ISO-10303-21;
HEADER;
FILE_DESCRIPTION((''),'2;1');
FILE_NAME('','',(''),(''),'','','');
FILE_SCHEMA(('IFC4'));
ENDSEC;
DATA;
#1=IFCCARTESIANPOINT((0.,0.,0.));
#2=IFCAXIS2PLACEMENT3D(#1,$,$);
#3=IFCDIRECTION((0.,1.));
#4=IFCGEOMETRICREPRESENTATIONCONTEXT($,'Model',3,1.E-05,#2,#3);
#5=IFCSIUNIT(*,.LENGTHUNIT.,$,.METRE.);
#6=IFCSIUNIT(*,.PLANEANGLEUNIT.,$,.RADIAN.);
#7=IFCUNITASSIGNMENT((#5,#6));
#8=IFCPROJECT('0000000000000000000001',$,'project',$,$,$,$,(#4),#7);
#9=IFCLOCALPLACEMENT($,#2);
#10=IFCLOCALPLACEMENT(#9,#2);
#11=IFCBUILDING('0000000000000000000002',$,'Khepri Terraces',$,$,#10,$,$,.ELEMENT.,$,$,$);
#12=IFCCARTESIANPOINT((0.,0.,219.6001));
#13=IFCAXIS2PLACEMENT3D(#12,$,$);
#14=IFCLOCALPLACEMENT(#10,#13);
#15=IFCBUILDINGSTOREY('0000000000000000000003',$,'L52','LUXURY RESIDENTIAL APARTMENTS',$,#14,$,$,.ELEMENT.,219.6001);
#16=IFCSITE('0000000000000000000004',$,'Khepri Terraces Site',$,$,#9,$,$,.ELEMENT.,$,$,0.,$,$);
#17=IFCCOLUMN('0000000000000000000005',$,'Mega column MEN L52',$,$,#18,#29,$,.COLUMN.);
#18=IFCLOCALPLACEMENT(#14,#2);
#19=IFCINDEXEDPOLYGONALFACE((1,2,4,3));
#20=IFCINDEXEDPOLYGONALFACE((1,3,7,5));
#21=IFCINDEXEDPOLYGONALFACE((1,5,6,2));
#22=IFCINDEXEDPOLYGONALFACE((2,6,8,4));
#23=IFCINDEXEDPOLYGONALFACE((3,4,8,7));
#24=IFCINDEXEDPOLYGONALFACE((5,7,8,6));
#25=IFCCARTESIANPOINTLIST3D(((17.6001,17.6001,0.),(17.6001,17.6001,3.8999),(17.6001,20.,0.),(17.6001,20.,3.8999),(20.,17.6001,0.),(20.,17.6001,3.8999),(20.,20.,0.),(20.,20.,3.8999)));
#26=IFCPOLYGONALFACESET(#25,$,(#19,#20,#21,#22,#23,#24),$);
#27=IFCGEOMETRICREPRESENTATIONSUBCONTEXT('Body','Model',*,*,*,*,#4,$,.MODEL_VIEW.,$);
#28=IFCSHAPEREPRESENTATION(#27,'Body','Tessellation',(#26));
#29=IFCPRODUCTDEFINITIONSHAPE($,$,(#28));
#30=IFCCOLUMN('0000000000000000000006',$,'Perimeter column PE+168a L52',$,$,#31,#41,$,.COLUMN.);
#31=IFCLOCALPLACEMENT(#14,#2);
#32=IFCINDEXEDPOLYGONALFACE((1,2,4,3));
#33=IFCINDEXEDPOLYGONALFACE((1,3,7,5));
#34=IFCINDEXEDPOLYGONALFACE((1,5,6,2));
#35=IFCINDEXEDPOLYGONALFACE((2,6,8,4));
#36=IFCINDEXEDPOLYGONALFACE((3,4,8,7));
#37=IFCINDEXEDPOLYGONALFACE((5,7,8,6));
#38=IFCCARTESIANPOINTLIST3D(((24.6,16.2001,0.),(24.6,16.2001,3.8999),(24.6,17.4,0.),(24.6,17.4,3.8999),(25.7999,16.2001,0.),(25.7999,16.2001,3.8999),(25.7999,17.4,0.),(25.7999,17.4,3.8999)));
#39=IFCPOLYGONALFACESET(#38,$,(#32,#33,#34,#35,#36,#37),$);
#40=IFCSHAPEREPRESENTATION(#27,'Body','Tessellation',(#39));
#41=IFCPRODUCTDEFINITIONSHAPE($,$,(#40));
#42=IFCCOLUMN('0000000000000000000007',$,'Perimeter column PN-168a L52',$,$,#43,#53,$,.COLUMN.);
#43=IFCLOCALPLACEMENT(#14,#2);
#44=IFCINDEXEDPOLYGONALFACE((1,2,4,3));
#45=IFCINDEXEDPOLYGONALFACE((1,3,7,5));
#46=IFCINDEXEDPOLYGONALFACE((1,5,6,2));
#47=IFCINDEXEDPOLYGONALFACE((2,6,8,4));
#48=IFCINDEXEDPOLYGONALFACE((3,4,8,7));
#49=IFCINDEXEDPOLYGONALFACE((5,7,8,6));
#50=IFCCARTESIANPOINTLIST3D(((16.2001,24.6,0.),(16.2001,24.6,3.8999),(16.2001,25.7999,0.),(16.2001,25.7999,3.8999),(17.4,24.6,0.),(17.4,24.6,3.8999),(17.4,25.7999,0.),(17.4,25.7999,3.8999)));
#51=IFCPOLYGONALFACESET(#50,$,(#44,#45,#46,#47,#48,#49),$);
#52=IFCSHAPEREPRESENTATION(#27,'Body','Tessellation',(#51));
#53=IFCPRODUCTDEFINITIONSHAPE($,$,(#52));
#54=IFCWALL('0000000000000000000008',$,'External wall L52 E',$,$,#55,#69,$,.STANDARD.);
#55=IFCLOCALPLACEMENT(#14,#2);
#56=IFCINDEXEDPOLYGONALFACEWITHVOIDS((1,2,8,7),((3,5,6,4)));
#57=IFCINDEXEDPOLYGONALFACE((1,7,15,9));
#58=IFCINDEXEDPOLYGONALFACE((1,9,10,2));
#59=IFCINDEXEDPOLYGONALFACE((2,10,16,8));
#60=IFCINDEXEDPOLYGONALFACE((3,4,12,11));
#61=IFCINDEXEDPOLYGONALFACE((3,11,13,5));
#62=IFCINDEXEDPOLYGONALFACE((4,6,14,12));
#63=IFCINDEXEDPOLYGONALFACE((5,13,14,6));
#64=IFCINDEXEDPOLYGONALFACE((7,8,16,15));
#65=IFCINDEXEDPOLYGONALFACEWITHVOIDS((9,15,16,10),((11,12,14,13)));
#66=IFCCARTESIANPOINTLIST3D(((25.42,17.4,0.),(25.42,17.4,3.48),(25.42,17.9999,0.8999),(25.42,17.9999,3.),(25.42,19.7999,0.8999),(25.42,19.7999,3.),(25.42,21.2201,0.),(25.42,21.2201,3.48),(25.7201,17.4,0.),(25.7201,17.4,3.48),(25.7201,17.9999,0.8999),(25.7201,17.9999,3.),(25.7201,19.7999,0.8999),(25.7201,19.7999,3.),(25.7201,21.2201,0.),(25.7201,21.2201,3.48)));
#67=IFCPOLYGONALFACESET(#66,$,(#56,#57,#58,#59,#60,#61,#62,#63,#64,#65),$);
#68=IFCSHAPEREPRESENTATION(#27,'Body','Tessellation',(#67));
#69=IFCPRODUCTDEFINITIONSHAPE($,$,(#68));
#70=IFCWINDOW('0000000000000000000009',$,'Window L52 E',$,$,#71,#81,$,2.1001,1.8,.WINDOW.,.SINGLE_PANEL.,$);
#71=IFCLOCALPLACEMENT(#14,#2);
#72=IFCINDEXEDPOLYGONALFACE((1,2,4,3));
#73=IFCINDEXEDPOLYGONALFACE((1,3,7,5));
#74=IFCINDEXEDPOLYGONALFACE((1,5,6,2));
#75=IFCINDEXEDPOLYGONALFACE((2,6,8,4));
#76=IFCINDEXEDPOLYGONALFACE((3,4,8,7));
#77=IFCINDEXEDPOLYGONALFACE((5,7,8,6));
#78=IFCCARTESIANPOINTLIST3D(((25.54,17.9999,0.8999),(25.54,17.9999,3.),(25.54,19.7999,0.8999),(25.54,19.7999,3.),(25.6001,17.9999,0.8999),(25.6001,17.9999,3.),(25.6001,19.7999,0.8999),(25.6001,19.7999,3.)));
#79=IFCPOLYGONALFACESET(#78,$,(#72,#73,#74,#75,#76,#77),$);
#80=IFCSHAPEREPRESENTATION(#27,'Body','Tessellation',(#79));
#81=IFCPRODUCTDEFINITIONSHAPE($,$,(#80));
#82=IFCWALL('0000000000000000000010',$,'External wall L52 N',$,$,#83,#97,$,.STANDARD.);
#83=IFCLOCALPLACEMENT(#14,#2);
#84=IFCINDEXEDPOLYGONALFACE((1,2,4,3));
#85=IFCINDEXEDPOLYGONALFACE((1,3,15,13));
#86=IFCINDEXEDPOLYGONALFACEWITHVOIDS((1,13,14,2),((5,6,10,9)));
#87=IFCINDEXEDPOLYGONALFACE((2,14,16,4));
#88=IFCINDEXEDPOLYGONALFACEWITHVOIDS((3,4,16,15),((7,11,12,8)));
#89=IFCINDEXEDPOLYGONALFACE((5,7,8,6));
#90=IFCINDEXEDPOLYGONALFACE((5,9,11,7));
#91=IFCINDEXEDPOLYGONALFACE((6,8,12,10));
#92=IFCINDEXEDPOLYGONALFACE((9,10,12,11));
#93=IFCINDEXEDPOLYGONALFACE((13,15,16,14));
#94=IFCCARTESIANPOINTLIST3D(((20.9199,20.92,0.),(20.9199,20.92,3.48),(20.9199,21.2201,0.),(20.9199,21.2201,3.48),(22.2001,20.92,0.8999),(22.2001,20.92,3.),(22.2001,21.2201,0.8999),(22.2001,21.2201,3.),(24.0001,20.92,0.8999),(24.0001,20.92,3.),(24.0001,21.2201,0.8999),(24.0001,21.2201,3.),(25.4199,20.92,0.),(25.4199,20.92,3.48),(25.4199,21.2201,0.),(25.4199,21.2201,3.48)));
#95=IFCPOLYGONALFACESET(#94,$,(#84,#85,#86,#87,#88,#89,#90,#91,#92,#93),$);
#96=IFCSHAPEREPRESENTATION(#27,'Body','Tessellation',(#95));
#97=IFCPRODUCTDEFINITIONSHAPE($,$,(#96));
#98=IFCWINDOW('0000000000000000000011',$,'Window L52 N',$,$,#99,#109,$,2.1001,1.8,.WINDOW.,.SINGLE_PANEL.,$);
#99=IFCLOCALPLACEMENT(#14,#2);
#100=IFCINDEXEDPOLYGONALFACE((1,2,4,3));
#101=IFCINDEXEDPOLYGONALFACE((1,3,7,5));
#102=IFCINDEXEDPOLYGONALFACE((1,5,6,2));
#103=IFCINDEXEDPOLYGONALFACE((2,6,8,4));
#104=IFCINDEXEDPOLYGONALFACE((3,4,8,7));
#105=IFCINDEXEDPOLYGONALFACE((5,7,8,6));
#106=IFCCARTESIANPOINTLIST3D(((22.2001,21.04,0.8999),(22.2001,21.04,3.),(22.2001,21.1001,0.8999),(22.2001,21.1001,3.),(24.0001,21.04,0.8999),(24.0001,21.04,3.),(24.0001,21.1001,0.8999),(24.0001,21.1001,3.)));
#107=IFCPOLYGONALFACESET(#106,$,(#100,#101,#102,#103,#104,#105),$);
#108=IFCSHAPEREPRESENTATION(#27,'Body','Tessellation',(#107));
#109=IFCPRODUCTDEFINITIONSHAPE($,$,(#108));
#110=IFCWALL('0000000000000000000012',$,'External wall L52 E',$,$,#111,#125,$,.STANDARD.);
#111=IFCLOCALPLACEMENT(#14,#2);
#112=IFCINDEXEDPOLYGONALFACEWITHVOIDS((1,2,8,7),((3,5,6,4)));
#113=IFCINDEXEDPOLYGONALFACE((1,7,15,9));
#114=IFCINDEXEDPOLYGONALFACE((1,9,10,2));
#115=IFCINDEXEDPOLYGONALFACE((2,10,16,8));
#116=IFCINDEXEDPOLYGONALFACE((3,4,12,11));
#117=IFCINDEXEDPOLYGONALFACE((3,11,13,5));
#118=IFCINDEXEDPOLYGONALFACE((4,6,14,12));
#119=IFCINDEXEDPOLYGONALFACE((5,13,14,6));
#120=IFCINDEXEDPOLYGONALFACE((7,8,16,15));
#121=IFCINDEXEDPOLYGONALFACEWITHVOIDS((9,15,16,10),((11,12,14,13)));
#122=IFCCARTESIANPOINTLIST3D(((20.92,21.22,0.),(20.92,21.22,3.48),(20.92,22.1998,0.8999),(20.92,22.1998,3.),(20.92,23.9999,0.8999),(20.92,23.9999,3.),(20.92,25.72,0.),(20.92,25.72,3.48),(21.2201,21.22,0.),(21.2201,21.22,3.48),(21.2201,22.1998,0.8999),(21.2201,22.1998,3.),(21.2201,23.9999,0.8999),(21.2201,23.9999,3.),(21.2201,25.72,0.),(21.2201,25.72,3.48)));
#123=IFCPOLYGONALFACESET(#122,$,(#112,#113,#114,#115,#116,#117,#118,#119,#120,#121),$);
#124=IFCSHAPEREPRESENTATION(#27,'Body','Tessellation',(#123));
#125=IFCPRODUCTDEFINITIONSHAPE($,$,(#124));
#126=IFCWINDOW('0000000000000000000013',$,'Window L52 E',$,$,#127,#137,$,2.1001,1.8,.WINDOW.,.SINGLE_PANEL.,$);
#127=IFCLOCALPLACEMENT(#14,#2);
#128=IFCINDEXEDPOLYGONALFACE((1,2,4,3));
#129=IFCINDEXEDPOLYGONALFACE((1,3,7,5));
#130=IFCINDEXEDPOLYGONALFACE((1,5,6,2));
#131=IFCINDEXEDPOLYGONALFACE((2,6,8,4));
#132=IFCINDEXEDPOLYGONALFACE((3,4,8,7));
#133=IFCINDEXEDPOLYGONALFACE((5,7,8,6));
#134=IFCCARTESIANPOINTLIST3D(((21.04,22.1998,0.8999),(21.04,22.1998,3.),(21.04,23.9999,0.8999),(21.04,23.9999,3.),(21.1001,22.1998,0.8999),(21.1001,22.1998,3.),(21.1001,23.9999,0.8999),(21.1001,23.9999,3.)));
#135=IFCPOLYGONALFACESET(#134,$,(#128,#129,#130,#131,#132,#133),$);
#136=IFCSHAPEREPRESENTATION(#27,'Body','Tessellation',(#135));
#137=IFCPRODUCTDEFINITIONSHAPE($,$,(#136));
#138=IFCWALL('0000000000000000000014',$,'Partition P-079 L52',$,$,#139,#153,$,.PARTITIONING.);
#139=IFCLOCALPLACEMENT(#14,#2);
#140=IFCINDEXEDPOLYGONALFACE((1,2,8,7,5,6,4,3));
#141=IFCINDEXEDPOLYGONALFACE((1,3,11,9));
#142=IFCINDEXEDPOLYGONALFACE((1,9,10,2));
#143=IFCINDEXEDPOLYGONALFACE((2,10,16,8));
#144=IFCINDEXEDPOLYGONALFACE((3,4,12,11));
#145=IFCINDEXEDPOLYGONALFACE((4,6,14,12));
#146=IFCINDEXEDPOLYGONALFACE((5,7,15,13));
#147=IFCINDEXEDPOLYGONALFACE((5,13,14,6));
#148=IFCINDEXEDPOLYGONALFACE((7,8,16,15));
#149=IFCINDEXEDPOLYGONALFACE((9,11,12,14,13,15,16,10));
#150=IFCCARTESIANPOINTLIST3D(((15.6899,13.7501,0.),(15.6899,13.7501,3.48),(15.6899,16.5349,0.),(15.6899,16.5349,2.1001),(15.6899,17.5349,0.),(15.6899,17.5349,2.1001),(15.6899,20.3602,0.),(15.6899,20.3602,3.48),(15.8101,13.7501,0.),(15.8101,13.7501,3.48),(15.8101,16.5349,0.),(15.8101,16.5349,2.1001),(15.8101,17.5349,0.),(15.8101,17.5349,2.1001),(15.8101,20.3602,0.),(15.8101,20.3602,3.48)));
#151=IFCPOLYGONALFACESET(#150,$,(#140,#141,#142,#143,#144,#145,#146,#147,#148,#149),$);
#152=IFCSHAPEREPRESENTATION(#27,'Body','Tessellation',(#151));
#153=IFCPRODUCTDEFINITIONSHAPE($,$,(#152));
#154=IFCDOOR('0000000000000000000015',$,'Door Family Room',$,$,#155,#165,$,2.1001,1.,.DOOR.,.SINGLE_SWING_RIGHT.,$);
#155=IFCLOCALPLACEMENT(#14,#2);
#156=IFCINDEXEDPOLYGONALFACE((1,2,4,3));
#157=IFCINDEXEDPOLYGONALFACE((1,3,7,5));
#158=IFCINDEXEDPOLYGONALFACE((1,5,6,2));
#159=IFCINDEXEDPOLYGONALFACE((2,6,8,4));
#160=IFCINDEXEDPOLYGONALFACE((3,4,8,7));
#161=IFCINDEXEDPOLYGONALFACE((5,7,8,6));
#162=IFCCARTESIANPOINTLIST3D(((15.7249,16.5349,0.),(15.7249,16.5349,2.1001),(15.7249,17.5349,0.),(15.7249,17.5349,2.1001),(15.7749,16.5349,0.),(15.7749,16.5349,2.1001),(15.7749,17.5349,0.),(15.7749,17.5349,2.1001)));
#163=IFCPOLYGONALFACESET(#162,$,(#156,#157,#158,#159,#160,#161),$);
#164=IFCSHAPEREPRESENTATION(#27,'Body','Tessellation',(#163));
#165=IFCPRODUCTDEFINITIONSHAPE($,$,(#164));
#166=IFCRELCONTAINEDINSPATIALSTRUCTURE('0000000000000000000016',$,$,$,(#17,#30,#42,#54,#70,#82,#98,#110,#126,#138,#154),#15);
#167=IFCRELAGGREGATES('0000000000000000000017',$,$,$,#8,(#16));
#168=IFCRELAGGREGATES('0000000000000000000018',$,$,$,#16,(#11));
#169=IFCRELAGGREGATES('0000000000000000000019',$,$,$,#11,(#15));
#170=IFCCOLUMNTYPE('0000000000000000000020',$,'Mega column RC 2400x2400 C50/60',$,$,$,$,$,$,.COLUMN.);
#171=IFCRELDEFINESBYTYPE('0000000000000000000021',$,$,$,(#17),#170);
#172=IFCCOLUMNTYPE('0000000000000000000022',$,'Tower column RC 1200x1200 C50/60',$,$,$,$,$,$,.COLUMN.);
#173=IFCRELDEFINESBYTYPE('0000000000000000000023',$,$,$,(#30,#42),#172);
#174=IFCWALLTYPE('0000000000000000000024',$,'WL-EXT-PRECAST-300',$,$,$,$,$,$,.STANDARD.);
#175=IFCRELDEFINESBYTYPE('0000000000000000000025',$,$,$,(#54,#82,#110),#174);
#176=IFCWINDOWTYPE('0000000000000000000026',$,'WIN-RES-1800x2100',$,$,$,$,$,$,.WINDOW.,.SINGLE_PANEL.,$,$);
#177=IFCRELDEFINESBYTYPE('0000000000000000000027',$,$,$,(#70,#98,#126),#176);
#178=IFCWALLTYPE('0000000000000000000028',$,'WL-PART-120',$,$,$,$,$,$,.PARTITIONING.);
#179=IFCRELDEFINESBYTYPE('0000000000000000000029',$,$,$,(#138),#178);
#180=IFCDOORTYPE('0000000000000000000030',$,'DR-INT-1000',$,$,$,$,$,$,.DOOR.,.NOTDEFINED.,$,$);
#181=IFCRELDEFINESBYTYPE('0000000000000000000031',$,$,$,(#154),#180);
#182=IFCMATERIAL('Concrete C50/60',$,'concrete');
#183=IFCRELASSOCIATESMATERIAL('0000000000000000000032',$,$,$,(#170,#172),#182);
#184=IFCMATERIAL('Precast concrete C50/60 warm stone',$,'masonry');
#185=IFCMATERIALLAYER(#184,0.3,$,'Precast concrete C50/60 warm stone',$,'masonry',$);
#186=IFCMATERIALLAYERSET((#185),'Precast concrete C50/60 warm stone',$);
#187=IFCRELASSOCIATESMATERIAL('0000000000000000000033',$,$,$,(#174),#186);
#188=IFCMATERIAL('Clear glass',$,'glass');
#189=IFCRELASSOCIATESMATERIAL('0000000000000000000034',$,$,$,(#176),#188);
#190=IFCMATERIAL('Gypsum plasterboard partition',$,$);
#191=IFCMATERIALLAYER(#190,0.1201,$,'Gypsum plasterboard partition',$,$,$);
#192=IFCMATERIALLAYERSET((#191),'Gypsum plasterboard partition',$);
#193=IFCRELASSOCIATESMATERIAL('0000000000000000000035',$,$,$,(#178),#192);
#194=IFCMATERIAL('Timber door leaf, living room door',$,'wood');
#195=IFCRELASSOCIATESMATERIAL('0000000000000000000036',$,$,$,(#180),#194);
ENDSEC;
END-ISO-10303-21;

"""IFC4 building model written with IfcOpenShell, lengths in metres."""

from ifc_helpers import new_model, si_unit, direction, frame, frame_2d, origin, origin_2d, place, context, subcontext, project, spatial, rectangle, extrude, material, layer, layer_set, material_profile, profile_set, type_object, element, fill, save


model = new_model("IFC4")

# Units and contexts
model_context = context("Model", 3, precision=1e-05, world=origin(), true_north=direction((0.0, 1.0)))
body_context = subcontext(model_context, "Body", "Model", "MODEL_VIEW")
ifc_project = project(units=[si_unit("LENGTHUNIT", "METRE"), si_unit("PLANEANGLEUNIT", "RADIAN")], contexts=[model_context])

# Site, building, storey
site_placement = place(None, origin())
site = spatial("IfcSite", under=ifc_project, at=site_placement, Name="Khepri Terraces Site", CompositionType="ELEMENT", RefElevation=0.0)
building_placement = place(site_placement, origin())
building = spatial("IfcBuilding", under=site, at=building_placement, Name="Khepri Terraces", CompositionType="ELEMENT")
storey_placement = place(building_placement, frame((0.0, 0.0, 219.6001)))
storey = spatial("IfcBuildingStorey", under=building, at=storey_placement, Name="L52", Description="LUXURY RESIDENTIAL APARTMENTS", CompositionType="ELEMENT", Elevation=219.6001)

# Columns
ifc_material_1 = material(Name="Concrete C50/60", Category="concrete")
ifc_material_profile_1 = material_profile(ifc_material_1, rectangle(XDim=2.3999, YDim=2.3999, at=origin_2d()), Name="Concrete C50/60", Category="concrete")
ifc_profile_set_1 = profile_set([ifc_material_profile_1], Name="Concrete C50/60")
column_type_1 = type_object("IfcColumnType", Name="Mega column RC 2400x2400 C50/60", PredefinedType="COLUMN", material=ifc_profile_set_1)
column_placement = place(storey_placement, frame((18.8, 18.8, 0.0), z_axis=(0.0, 0.0, 1.0), x_axis=(1.0, 0.0, 0.0)))
element("IfcColumn", 1, at=column_placement, inside=storey, type_object=column_type_1, Name="Mega column MEN L52", PredefinedType="COLUMN", context=body_context, shape_type="SweptSolid", body=[
    extrude(rectangle(XDim=2.3999, YDim=2.3999, at=origin_2d()), origin(), (0.0, 0.0, 1.0), 3.8999),
])
ifc_material_profile_2 = material_profile(ifc_material_1, rectangle(XDim=1.2, YDim=1.2, at=origin_2d()), Name="Concrete C50/60", Category="concrete")
ifc_profile_set_2 = profile_set([ifc_material_profile_2], Name="Concrete C50/60")
column_type_2 = type_object("IfcColumnType", Name="Tower column RC 1200x1200 C50/60", PredefinedType="COLUMN", material=ifc_profile_set_2)
for number, where, z_axis, x_axis, name in (
    (2, (25.2, 16.8, 0.0), (0.0, 0.0, 1.0), (1.0, 0.0, 0.0), "Perimeter column PE+168a L52"),
    (3, (16.8, 25.2, 0.0), (0.0, 0.0, 1.0), (1.0, 0.0, 0.0), "Perimeter column PN-168a L52"),
):
    element("IfcColumn", number, at=place(storey_placement, frame(where, z_axis=z_axis, x_axis=x_axis)), inside=storey, type_object=column_type_2, Name=name, PredefinedType="COLUMN", context=body_context, shape_type="SweptSolid", body=[
        extrude(rectangle(XDim=1.2, YDim=1.2, at=origin_2d()), origin(), (0.0, 0.0, 1.0), 3.8999),
    ])

# Shared definitions
ifc_material_2 = material(Name="Precast concrete C50/60 warm stone", Category="masonry")
ifc_layer_1 = layer(ifc_material_2, 0.3, Name="Precast concrete C50/60 warm stone", Category="masonry")
ifc_layer_set_1 = layer_set([ifc_layer_1], Name="Precast concrete C50/60 warm stone")
wall_type_1 = type_object("IfcWallType", Name="WL-EXT-PRECAST-300", PredefinedType="STANDARD", material=ifc_layer_set_1)

# Walls, openings, windows
wall_1_placement = place(storey_placement, frame((25.5701, 17.3999, 0.0), z_axis=(0.0, 0.0, 1.0), x_axis=(0.0, 1.0, 0.0)))
wall_1 = element("IfcWall", 4, at=wall_1_placement, inside=storey, type_object=wall_type_1, Name="External wall L52 E", PredefinedType="STANDARD", context=body_context, shape_type="SweptSolid", body=[
    extrude(rectangle(XDim=3.8201, YDim=0.3, at=frame_2d((1.9102, 0.0))), origin(), (0.0, 0.0, 1.0), 3.48),
])
opening_1_placement = place(wall_1_placement, frame((0.6001, 0.0, 0.8999)))
opening_1 = element("IfcOpeningElement", 5, at=opening_1_placement, cuts=wall_1, PredefinedType="OPENING", context=body_context, shape_type="SweptSolid", body=[
    extrude(rectangle(XDim=1.8, YDim=2.1001, at=frame_2d((0.8999, 1.05))), frame((0.0, 0.1602, 0.0), z_axis=(0.0, -1.0, 0.0), x_axis=(1.0, 0.0, 0.0)), (0.0, 0.0, 1.0), 0.3201),
])
ifc_material_3 = material(Name="Clear glass", Category="glass")
window_type = type_object("IfcWindowType", Name="WIN-RES-1800x2100", PartitioningType="SINGLE_PANEL", PredefinedType="WINDOW", material=ifc_material_3)
window_1_placement = place(opening_1_placement, origin())
window_1 = element("IfcWindow", 6, at=window_1_placement, inside=storey, type_object=window_type, Name="Window L52 E", OverallHeight=2.1001, OverallWidth=1.8, PartitioningType="SINGLE_PANEL", PredefinedType="WINDOW", context=body_context, shape_type="SweptSolid", body=[
    extrude(rectangle(XDim=1.8, YDim=2.1001, at=frame_2d((0.8999, 1.05))), frame((0.0, 0.03, 0.0), z_axis=(0.0, -1.0, 0.0), x_axis=(1.0, 0.0, 0.0)), (0.0, 0.0, 1.0), 0.0601),
])
fill(opening_1, window_1)
wall_2_placement = place(storey_placement, frame((25.4199, 21.0701, 0.0), z_axis=(0.0, 0.0, 1.0), x_axis=(-1.0, 0.0, 0.0)))
wall_2 = element("IfcWall", 7, at=wall_2_placement, inside=storey, type_object=wall_type_1, Name="External wall L52 N", PredefinedType="STANDARD", context=body_context, shape_type="SweptSolid", body=[
    extrude(rectangle(XDim=4.5, YDim=0.3, at=frame_2d((2.25, 0.0))), origin(), (0.0, 0.0, 1.0), 3.48),
])
opening_2_placement = place(wall_2_placement, frame((1.4199, 0.0, 0.8999)))
opening_2 = element("IfcOpeningElement", 8, at=opening_2_placement, cuts=wall_2, PredefinedType="OPENING", context=body_context, shape_type="SweptSolid", body=[
    extrude(rectangle(XDim=1.8, YDim=2.1001, at=frame_2d((0.8999, 1.05))), frame((0.0, 0.1602, 0.0), z_axis=(0.0, -1.0, 0.0), x_axis=(1.0, 0.0, 0.0)), (0.0, 0.0, 1.0), 0.3201),
])
window_2_placement = place(opening_2_placement, origin())
window_2 = element("IfcWindow", 9, at=window_2_placement, inside=storey, type_object=window_type, Name="Window L52 N", OverallHeight=2.1001, OverallWidth=1.8, PartitioningType="SINGLE_PANEL", PredefinedType="WINDOW", context=body_context, shape_type="SweptSolid", body=[
    extrude(rectangle(XDim=1.8, YDim=2.1001, at=frame_2d((0.8999, 1.05))), frame((0.0, 0.03, 0.0), z_axis=(0.0, -1.0, 0.0), x_axis=(1.0, 0.0, 0.0)), (0.0, 0.0, 1.0), 0.0601),
])
fill(opening_2, window_2)
wall_3_placement = place(storey_placement, frame((21.0701, 21.22, 0.0), z_axis=(0.0, 0.0, 1.0), x_axis=(0.0, 1.0, 0.0)))
wall_3 = element("IfcWall", 10, at=wall_3_placement, inside=storey, type_object=wall_type_1, Name="External wall L52 E", PredefinedType="STANDARD", context=body_context, shape_type="SweptSolid", body=[
    extrude(rectangle(XDim=4.5, YDim=0.3, at=frame_2d((2.25, 0.0))), origin(), (0.0, 0.0, 1.0), 3.48),
])
opening_3_placement = place(wall_3_placement, frame((0.98, 0.0, 0.8999)))
opening_3 = element("IfcOpeningElement", 11, at=opening_3_placement, cuts=wall_3, PredefinedType="OPENING", context=body_context, shape_type="SweptSolid", body=[
    extrude(rectangle(XDim=1.8, YDim=2.1001, at=frame_2d((0.8999, 1.05))), frame((0.0, 0.1602, 0.0), z_axis=(0.0, -1.0, 0.0), x_axis=(1.0, 0.0, 0.0)), (0.0, 0.0, 1.0), 0.3201),
])
window_3_placement = place(opening_3_placement, origin())
window_3 = element("IfcWindow", 12, at=window_3_placement, inside=storey, type_object=window_type, Name="Window L52 E", OverallHeight=2.1001, OverallWidth=1.8, PartitioningType="SINGLE_PANEL", PredefinedType="WINDOW", context=body_context, shape_type="SweptSolid", body=[
    extrude(rectangle(XDim=1.8, YDim=2.1001, at=frame_2d((0.8999, 1.05))), frame((0.0, 0.03, 0.0), z_axis=(0.0, -1.0, 0.0), x_axis=(1.0, 0.0, 0.0)), (0.0, 0.0, 1.0), 0.0601),
])
fill(opening_3, window_3)

# Wall, opening, door
ifc_material_4 = material(Name="Gypsum plasterboard partition")
ifc_layer_2 = layer(ifc_material_4, 0.1201, Name="Gypsum plasterboard partition")
ifc_layer_set_2 = layer_set([ifc_layer_2], Name="Gypsum plasterboard partition")
wall_type_2 = type_object("IfcWallType", Name="WL-PART-120", PredefinedType="PARTITIONING", material=ifc_layer_set_2)
wall_4_placement = place(storey_placement, frame((15.75, 13.75, 0.0), z_axis=(0.0, 0.0, 1.0), x_axis=(0.0, 1.0, 0.0)))
wall_4 = element("IfcWall", 13, at=wall_4_placement, inside=storey, type_object=wall_type_2, Name="Partition P-079 L52", PredefinedType="PARTITIONING", context=body_context, shape_type="SweptSolid", body=[
    extrude(rectangle(XDim=6.6101, YDim=0.1201, at=frame_2d((3.3052, 0.0))), origin(), (0.0, 0.0, 1.0), 3.48),
])
opening_4_placement = place(wall_4_placement, frame((2.7849, 0.0, 0.0)))
opening_4 = element("IfcOpeningElement", 14, at=opening_4_placement, cuts=wall_4, PredefinedType="OPENING", context=body_context, shape_type="SweptSolid", body=[
    extrude(rectangle(XDim=1.0, YDim=2.1001, at=frame_2d((0.5, 1.05))), frame((0.0, 0.0701, 0.0), z_axis=(0.0, -1.0, 0.0), x_axis=(1.0, 0.0, 0.0)), (0.0, 0.0, 1.0), 0.1401),
])
ifc_material_5 = material(Name="Timber door leaf, living room door", Category="wood")
door_type_1 = type_object("IfcDoorType", Name="DR-INT-1000", OperationType="NOTDEFINED", PredefinedType="DOOR", material=ifc_material_5)
door_1_placement = place(opening_4_placement, frame((1.0, 0.0, 0.0), z_axis=(0.0, 0.0, 1.0), x_axis=(-1.0, 0.0, 0.0)))
door_1 = element("IfcDoor", 15, at=door_1_placement, inside=storey, type_object=door_type_1, Name="Door Family Room", OperationType="SINGLE_SWING_RIGHT", OverallHeight=2.1001, OverallWidth=1.0, PredefinedType="DOOR", context=body_context, shape_type="SweptSolid", body=[
    extrude(rectangle(XDim=1.0, YDim=2.1001, at=frame_2d((0.5, 1.05))), frame((0.0, 0.0249, 0.0), z_axis=(0.0, -1.0, 0.0), x_axis=(1.0, 0.0, 0.0)), (0.0, 0.0, 1.0), 0.05),
])
fill(opening_4, door_1)

save(model, "model.ifc")
